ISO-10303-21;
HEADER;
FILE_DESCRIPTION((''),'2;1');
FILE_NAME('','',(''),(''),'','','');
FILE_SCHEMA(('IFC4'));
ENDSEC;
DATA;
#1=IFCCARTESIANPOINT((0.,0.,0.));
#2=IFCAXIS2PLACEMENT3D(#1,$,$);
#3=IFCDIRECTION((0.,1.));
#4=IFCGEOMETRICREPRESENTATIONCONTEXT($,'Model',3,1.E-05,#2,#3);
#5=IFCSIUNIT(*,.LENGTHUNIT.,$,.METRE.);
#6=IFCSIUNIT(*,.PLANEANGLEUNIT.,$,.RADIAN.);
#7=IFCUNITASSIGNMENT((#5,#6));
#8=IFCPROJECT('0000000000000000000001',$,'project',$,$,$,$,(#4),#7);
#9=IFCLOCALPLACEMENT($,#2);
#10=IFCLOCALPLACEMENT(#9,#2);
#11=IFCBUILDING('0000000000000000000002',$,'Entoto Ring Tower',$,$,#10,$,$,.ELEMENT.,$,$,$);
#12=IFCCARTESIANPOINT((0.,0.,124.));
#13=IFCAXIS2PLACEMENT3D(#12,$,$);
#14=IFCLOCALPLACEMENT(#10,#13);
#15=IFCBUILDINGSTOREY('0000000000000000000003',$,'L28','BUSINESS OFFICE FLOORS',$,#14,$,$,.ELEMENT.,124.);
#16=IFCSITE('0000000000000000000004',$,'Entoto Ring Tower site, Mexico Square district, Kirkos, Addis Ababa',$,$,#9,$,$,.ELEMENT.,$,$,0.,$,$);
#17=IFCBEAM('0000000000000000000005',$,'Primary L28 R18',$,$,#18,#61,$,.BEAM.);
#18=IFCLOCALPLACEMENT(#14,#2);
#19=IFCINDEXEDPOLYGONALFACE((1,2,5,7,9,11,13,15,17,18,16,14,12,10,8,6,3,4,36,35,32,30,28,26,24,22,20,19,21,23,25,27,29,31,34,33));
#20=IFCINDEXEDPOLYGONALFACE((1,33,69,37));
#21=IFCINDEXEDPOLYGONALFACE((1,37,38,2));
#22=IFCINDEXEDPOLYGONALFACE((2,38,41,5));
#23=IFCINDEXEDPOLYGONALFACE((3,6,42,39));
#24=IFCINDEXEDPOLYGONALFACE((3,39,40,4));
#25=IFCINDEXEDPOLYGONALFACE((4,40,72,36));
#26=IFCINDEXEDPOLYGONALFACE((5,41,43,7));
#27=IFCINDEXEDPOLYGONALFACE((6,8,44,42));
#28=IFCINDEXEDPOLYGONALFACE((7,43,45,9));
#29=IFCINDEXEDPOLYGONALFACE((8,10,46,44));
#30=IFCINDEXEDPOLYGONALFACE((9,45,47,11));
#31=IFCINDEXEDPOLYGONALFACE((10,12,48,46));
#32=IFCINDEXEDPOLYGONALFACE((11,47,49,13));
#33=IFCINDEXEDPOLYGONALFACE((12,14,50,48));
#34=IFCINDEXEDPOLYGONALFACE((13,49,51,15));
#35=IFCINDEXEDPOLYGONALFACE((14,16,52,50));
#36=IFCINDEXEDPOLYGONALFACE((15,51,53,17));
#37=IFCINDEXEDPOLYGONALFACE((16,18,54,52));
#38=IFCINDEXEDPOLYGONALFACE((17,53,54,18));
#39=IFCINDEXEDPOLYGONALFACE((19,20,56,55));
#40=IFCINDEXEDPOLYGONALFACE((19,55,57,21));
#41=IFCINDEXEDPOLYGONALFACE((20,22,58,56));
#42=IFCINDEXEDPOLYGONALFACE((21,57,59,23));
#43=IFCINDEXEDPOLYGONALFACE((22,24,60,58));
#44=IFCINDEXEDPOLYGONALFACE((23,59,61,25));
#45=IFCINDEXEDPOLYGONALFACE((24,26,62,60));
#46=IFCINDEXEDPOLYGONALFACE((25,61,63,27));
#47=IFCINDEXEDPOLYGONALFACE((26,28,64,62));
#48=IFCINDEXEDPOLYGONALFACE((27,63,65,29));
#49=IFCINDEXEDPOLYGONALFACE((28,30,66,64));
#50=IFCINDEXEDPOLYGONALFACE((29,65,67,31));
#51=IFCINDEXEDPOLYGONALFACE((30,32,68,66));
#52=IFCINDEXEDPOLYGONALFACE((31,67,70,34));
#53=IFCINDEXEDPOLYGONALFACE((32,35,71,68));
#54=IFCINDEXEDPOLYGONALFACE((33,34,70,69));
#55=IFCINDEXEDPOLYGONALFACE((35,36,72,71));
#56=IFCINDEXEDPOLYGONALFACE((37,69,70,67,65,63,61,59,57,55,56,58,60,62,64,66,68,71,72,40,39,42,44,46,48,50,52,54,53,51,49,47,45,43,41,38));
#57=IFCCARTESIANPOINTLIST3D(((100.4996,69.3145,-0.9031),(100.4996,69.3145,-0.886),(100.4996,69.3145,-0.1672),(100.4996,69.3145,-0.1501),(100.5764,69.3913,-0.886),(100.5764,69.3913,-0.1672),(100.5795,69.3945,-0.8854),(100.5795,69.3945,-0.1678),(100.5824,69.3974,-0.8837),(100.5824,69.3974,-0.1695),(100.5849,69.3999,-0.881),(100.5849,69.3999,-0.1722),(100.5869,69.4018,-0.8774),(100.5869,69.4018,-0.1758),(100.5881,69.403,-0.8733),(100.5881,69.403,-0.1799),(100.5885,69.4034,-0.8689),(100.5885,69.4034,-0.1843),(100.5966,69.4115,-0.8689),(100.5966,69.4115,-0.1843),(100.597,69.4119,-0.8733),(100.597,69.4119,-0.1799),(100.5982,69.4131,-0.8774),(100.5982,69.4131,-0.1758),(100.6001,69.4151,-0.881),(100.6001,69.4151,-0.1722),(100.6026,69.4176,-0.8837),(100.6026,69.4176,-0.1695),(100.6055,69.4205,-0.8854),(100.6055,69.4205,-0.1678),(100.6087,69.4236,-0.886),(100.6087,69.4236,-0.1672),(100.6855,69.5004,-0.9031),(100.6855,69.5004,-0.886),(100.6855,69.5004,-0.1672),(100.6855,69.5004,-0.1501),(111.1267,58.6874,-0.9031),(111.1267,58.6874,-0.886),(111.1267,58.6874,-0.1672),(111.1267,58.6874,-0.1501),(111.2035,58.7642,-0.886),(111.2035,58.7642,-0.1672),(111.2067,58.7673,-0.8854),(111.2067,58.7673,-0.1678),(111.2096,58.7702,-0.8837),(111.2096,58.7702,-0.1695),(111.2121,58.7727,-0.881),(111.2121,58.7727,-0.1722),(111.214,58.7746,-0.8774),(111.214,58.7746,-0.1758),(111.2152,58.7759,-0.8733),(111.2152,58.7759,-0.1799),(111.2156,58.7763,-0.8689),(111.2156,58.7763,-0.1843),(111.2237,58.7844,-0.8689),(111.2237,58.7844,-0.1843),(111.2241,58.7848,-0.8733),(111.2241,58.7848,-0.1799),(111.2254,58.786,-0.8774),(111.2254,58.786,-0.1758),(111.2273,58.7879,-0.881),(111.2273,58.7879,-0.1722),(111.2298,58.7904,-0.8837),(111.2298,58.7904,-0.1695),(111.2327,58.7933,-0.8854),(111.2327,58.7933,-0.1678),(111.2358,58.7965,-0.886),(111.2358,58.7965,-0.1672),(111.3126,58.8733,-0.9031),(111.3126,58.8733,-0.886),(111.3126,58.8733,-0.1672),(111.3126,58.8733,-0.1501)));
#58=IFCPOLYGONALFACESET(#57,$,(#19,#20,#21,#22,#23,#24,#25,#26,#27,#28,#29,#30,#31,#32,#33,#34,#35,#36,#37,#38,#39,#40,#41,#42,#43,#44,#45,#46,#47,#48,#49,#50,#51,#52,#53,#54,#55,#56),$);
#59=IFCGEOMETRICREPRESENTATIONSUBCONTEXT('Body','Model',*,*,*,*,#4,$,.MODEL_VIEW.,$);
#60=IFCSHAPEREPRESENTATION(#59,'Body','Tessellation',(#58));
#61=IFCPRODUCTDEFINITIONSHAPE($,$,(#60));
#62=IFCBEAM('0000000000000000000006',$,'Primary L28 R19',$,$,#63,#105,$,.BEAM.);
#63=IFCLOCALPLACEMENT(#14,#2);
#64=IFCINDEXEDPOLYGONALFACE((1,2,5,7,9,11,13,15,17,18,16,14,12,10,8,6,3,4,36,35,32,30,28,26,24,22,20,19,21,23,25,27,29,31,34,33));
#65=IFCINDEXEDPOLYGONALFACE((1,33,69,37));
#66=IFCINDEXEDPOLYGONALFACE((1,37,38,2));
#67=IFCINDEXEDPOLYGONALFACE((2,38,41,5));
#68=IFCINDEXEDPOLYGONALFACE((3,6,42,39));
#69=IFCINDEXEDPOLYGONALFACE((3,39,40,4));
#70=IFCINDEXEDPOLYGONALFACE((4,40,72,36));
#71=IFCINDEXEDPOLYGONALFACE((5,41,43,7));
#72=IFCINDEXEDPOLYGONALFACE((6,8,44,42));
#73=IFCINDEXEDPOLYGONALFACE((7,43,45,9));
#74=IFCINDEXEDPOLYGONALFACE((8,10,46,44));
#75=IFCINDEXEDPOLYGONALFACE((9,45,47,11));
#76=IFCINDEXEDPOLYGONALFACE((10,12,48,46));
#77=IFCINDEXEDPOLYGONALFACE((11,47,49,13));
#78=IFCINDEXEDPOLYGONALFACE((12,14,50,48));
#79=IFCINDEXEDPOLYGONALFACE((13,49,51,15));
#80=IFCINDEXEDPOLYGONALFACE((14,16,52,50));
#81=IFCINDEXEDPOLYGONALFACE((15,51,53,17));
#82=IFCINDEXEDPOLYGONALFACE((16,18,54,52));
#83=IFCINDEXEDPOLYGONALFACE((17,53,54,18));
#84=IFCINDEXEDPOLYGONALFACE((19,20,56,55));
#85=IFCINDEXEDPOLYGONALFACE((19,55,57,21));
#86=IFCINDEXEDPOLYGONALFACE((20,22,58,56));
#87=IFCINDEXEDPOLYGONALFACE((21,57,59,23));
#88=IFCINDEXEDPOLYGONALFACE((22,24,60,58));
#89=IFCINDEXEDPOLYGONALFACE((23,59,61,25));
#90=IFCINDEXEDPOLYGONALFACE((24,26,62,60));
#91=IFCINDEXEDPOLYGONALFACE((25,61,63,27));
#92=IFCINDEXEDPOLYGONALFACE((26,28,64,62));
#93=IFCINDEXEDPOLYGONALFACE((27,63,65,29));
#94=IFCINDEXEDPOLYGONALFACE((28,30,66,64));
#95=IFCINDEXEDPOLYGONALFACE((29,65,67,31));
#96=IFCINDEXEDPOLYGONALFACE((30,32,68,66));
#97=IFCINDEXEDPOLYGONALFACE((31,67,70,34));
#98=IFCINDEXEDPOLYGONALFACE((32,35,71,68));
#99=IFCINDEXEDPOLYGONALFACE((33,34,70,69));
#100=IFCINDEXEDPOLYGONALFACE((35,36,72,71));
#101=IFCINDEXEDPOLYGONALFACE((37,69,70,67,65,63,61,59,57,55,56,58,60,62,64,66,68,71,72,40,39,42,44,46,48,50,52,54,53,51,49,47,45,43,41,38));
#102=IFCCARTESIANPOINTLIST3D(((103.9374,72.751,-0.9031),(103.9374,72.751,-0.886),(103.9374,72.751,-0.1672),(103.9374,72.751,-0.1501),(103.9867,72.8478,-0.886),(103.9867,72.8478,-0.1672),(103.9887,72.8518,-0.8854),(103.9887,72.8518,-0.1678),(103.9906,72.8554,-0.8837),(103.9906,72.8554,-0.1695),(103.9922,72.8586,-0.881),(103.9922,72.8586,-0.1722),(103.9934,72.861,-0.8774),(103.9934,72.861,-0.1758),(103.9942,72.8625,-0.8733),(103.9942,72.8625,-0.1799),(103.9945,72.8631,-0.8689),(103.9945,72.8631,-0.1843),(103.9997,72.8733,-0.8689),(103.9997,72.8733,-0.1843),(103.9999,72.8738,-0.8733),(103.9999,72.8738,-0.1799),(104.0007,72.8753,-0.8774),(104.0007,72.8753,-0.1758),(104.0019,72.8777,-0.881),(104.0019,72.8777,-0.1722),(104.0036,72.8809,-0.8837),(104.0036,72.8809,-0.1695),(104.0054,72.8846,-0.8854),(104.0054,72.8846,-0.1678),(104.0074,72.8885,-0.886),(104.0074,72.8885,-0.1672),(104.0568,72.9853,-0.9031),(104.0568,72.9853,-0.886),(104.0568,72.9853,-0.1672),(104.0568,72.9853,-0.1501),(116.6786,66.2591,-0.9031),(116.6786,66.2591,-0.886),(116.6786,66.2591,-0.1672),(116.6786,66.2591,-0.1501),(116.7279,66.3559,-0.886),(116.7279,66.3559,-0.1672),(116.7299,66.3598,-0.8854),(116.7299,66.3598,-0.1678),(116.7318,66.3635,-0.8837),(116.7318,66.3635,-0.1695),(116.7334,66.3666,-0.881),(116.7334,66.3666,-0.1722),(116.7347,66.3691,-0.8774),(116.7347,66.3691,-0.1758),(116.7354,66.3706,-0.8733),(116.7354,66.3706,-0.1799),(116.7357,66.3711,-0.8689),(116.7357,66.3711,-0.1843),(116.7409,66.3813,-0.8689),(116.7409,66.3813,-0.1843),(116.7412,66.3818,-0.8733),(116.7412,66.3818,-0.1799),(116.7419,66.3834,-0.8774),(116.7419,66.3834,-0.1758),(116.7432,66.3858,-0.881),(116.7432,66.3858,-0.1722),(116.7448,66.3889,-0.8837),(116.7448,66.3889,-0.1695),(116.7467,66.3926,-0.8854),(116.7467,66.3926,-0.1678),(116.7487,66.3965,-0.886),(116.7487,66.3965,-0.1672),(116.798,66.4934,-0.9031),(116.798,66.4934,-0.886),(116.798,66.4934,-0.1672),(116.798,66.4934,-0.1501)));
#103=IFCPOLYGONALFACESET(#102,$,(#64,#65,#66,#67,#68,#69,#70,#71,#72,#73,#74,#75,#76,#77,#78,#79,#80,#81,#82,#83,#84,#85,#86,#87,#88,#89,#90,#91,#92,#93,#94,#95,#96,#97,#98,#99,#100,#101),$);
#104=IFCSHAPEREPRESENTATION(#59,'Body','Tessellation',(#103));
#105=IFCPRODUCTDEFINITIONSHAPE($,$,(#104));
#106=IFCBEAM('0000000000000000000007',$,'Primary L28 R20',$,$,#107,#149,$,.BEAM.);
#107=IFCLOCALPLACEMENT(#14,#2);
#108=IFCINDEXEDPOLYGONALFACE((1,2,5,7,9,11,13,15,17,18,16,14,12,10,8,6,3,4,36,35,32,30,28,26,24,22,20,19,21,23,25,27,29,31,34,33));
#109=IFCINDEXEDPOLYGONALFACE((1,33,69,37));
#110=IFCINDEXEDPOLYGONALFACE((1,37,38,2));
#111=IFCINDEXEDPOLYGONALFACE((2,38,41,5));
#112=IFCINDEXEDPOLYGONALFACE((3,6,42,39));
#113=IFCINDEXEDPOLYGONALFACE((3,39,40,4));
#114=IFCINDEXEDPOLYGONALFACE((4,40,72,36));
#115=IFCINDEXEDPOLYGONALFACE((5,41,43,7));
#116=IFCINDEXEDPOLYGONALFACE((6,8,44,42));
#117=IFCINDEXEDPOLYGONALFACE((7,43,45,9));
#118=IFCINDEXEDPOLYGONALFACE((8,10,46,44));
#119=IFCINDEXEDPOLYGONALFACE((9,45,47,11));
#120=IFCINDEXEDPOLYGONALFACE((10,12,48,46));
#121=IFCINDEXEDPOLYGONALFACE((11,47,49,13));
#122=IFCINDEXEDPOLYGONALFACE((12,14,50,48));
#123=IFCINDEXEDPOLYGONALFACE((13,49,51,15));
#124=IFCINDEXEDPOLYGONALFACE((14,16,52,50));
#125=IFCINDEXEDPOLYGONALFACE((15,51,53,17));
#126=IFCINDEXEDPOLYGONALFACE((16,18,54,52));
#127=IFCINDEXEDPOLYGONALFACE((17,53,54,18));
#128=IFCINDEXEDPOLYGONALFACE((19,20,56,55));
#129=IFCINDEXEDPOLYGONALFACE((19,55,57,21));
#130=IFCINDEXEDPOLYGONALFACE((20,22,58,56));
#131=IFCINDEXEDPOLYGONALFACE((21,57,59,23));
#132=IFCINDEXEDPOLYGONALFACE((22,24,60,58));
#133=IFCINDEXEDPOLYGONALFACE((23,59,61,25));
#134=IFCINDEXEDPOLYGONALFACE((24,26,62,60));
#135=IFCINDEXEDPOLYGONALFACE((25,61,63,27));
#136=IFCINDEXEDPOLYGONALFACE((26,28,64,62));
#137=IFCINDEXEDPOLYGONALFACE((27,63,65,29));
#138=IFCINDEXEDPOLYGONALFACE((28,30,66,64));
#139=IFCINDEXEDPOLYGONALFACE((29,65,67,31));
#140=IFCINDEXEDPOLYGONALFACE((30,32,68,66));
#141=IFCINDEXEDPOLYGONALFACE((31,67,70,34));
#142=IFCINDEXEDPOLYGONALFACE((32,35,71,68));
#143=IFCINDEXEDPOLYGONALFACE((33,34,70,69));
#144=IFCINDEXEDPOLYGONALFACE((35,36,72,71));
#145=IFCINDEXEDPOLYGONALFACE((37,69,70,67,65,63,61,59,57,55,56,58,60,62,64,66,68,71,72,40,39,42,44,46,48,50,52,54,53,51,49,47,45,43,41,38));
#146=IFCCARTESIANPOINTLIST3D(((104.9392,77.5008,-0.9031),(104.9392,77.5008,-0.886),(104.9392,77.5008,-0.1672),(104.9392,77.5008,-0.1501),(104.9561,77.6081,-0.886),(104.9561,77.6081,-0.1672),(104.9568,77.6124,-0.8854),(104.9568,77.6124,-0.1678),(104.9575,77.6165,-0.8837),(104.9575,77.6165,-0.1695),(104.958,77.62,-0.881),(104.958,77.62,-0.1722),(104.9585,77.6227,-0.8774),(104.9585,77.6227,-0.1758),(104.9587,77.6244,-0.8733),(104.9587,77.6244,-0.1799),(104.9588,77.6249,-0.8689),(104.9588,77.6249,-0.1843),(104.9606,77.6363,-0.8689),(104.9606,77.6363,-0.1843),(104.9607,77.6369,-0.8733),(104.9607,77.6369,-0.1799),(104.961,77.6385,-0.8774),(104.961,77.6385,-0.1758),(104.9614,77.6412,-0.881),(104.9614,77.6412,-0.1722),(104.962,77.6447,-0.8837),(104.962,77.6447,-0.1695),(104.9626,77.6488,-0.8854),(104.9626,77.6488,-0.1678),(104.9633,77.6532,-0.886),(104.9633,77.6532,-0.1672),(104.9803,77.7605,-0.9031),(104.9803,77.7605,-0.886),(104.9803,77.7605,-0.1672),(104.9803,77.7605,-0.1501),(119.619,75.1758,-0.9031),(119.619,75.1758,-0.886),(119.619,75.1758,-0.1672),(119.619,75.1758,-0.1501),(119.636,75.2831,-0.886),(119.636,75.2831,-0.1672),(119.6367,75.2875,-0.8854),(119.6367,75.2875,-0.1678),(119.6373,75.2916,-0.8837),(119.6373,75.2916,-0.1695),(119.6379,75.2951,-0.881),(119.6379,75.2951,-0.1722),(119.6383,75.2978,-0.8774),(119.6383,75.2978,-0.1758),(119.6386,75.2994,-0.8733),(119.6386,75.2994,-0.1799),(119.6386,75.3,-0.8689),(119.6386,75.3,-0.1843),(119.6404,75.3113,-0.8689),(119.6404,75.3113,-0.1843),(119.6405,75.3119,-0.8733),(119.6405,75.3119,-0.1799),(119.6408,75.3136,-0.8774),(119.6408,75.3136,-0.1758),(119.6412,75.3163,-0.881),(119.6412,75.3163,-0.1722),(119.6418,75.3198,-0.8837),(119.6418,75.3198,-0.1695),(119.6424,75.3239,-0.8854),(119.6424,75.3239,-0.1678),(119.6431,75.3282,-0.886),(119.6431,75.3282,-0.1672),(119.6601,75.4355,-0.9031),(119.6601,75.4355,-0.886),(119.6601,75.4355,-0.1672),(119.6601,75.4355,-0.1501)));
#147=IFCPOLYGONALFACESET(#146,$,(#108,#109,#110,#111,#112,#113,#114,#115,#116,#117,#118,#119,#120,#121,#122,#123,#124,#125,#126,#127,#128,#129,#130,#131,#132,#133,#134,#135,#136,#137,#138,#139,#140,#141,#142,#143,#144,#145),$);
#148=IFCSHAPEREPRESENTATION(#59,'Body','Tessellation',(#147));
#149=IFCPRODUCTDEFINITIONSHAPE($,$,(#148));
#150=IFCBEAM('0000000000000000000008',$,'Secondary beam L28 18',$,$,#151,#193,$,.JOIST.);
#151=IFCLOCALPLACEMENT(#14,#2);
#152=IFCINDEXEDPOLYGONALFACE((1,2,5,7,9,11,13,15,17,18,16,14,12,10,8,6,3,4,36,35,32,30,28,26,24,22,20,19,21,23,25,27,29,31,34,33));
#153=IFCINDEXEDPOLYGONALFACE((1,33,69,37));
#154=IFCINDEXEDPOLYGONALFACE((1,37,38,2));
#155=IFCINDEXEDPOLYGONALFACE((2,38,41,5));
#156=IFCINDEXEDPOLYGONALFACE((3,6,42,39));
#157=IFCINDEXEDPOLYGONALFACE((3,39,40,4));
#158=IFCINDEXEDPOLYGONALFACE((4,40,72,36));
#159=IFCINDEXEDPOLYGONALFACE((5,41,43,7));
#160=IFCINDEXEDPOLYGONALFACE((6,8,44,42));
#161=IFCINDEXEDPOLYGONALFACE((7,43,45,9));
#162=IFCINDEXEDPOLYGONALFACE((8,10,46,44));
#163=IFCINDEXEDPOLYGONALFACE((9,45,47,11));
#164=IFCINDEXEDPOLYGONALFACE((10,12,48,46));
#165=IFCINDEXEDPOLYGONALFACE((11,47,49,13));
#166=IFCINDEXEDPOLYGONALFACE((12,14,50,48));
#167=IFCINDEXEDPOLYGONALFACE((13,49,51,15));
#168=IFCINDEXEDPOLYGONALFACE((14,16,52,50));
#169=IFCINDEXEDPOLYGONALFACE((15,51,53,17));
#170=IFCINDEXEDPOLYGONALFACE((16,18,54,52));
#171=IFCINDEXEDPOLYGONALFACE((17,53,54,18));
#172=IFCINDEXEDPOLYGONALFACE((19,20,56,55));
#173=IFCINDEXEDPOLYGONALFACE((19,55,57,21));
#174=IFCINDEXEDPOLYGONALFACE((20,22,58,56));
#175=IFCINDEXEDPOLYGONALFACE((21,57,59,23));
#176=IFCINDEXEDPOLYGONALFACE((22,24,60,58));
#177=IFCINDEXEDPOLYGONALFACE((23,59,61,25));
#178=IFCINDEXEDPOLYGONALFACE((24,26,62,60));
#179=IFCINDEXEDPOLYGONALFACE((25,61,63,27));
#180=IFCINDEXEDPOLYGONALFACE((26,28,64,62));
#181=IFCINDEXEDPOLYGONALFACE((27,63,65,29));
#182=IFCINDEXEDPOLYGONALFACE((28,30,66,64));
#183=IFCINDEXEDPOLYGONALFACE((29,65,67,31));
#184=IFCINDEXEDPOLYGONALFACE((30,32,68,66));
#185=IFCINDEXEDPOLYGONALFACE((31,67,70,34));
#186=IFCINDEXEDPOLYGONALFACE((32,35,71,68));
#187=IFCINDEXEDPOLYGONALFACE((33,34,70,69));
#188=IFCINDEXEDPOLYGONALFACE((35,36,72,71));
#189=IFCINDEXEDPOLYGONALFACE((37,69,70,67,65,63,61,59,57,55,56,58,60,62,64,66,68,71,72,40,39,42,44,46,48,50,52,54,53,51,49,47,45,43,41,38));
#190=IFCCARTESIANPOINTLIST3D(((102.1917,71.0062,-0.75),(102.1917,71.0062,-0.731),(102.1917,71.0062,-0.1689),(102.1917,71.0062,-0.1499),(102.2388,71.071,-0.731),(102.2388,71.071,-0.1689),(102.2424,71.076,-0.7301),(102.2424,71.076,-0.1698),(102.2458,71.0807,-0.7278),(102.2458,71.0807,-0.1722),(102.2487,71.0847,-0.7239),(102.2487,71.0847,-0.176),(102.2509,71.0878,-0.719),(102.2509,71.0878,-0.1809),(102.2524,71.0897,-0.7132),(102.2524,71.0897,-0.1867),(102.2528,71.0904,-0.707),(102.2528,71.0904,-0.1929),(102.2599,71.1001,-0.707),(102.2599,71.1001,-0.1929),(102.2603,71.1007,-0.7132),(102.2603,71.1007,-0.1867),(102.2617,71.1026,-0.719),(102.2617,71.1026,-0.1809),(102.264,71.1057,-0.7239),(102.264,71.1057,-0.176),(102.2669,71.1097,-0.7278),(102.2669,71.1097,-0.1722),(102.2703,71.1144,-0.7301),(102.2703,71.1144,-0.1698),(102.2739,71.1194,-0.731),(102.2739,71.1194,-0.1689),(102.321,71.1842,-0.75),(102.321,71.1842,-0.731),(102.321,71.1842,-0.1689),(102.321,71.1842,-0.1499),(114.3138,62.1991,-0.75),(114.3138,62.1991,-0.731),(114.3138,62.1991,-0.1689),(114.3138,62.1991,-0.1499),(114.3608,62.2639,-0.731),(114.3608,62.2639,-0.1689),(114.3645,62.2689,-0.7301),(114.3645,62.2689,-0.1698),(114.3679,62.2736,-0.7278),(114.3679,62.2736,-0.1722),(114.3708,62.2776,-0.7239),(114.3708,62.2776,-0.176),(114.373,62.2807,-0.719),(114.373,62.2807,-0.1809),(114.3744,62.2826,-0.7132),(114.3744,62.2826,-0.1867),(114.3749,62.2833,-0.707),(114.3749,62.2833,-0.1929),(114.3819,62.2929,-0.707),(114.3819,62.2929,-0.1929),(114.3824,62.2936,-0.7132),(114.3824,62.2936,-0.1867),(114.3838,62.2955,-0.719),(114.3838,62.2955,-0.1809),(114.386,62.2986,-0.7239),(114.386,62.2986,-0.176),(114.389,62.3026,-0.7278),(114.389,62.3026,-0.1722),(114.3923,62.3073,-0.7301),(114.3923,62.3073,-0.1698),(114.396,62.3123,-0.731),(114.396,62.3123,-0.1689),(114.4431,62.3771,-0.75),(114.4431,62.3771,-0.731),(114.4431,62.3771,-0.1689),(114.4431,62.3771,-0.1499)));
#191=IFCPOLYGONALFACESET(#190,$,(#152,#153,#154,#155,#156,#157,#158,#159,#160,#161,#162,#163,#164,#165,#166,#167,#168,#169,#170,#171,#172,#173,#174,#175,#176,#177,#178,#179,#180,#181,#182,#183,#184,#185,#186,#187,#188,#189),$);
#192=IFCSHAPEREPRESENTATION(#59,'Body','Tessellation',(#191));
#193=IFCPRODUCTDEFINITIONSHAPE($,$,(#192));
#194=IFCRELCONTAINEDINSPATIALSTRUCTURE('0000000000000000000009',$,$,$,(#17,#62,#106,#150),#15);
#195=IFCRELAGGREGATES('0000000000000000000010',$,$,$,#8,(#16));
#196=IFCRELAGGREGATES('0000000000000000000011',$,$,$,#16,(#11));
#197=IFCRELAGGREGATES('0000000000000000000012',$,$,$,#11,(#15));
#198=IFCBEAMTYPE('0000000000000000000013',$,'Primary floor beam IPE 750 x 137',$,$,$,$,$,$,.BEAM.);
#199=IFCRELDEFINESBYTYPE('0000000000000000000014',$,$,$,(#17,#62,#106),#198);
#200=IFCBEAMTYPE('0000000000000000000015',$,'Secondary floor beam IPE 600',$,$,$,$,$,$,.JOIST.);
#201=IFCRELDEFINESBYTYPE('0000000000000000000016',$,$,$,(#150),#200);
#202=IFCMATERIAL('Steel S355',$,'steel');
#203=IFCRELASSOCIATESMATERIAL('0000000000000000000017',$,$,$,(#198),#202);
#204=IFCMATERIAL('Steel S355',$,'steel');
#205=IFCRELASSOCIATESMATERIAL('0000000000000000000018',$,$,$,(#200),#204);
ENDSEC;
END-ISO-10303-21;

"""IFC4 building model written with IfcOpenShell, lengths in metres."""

from ifc_helpers import new_model, si_unit, direction, frame, origin, origin_2d, place, context, subcontext, project, spatial, i_section, extrude, material, material_profile, profile_set, type_object, element, save


model = new_model("IFC4")

# Units and contexts
model_context = context("Model", 3, precision=1e-05, world=origin(), true_north=direction((0.0, 1.0)))
body_context = subcontext(model_context, "Body", "Model", "MODEL_VIEW")
ifc_project = project(units=[si_unit("LENGTHUNIT", "METRE"), si_unit("PLANEANGLEUNIT", "RADIAN")], contexts=[model_context])

# Site, building, storey
site_placement = place(None, origin())
site = spatial("IfcSite", under=ifc_project, at=site_placement, Name="Entoto Ring Tower site, Mexico Square district, Kirkos, Addis Ababa", CompositionType="ELEMENT", RefElevation=0.0)
building_placement = place(site_placement, origin())
building = spatial("IfcBuilding", under=site, at=building_placement, Name="Entoto Ring Tower", CompositionType="ELEMENT")
storey_placement = place(building_placement, frame((0.0, 0.0, 124.0)))
storey = spatial("IfcBuildingStorey", under=building, at=storey_placement, Name="L28", Description="BUSINESS OFFICE FLOORS", CompositionType="ELEMENT", Elevation=124.0)

# Beams
ifc_material_1 = material(Name="Steel S355", Category="steel")
ifc_material_profile_1 = material_profile(ifc_material_1, i_section(OverallWidth=0.2629, OverallDepth=0.7529, WebThickness=0.0115, FlangeThickness=0.0171, FilletRadius=0.0171, at=origin_2d()), Name="IPE 750 x 137")
ifc_profile_set_1 = profile_set([ifc_material_profile_1], Name="Steel S355")
beam_type_1 = type_object("IfcBeamType", Name="Primary floor beam IPE 750 x 137", PredefinedType="BEAM", material=ifc_profile_set_1)
beam_1_placement = place(storey_placement, frame((100.5925, 69.4075, -0.5266), z_axis=(0.707107, -0.707107, 0.0), x_axis=(0.707107, 0.707107, 0.0)))
element("IfcBeam", 1, at=beam_1_placement, inside=storey, type_object=beam_type_1, Name="Primary L28 R18", PredefinedType="BEAM", context=body_context, shape_type="SweptSolid", body=[
    extrude(i_section(OverallWidth=0.2629, OverallDepth=0.7529, WebThickness=0.0115, FlangeThickness=0.0171, FilletRadius=0.0171, at=origin_2d()), origin(), (0.0, 0.0, 1.0), 15.0291),
])
beam_2_placement = place(storey_placement, frame((103.9971, 72.8682, -0.5266), z_axis=(0.891007, -0.453989, 0.0), x_axis=(0.453989, 0.891007, 0.0)))
element("IfcBeam", 2, at=beam_2_placement, inside=storey, type_object=beam_type_1, Name="Primary L28 R19", PredefinedType="BEAM", context=body_context, shape_type="SweptSolid", body=[
    extrude(i_section(OverallWidth=0.2629, OverallDepth=0.7529, WebThickness=0.0115, FlangeThickness=0.0171, FilletRadius=0.0171, at=origin_2d()), origin(), (0.0, 0.0, 1.0), 14.2998),
])
beam_3_placement = place(storey_placement, frame((104.9597, 77.6306, -0.5266), z_axis=(0.98769, -0.156426, 0.0), x_axis=(0.156426, 0.98769, 0.0)))
element("IfcBeam", 3, at=beam_3_placement, inside=storey, type_object=beam_type_1, Name="Primary L28 R20", PredefinedType="BEAM", context=body_context, shape_type="SweptSolid", body=[
    extrude(i_section(OverallWidth=0.2629, OverallDepth=0.7529, WebThickness=0.0115, FlangeThickness=0.0171, FilletRadius=0.0171, at=origin_2d()), origin(), (0.0, 0.0, 1.0), 14.8628),
])
ifc_material_2 = material(Name="Steel S355", Category="steel")
ifc_material_profile_2 = material_profile(ifc_material_2, i_section(OverallWidth=0.22, OverallDepth=0.6001, WebThickness=0.012, FlangeThickness=0.019, FilletRadius=0.0239, at=origin_2d()), Name="IPE 600")
ifc_profile_set_2 = profile_set([ifc_material_profile_2], Name="Steel S355")
beam_type_2 = type_object("IfcBeamType", Name="Secondary floor beam IPE 600", PredefinedType="JOIST", material=ifc_profile_set_2)
beam_4_placement = place(storey_placement, frame((102.2563, 71.0952, -0.45), z_axis=(0.809019, -0.587782, 0.0), x_axis=(0.587782, 0.809019, 0.0)))
element("IfcBeam", 4, at=beam_4_placement, inside=storey, type_object=beam_type_2, Name="Secondary beam L28 18", PredefinedType="JOIST", context=body_context, shape_type="SweptSolid", body=[
    extrude(i_section(OverallWidth=0.22, OverallDepth=0.6001, WebThickness=0.012, FlangeThickness=0.019, FilletRadius=0.0239, at=origin_2d()), origin(), (0.0, 0.0, 1.0), 14.9836),
])

save(model, "model.ifc")
